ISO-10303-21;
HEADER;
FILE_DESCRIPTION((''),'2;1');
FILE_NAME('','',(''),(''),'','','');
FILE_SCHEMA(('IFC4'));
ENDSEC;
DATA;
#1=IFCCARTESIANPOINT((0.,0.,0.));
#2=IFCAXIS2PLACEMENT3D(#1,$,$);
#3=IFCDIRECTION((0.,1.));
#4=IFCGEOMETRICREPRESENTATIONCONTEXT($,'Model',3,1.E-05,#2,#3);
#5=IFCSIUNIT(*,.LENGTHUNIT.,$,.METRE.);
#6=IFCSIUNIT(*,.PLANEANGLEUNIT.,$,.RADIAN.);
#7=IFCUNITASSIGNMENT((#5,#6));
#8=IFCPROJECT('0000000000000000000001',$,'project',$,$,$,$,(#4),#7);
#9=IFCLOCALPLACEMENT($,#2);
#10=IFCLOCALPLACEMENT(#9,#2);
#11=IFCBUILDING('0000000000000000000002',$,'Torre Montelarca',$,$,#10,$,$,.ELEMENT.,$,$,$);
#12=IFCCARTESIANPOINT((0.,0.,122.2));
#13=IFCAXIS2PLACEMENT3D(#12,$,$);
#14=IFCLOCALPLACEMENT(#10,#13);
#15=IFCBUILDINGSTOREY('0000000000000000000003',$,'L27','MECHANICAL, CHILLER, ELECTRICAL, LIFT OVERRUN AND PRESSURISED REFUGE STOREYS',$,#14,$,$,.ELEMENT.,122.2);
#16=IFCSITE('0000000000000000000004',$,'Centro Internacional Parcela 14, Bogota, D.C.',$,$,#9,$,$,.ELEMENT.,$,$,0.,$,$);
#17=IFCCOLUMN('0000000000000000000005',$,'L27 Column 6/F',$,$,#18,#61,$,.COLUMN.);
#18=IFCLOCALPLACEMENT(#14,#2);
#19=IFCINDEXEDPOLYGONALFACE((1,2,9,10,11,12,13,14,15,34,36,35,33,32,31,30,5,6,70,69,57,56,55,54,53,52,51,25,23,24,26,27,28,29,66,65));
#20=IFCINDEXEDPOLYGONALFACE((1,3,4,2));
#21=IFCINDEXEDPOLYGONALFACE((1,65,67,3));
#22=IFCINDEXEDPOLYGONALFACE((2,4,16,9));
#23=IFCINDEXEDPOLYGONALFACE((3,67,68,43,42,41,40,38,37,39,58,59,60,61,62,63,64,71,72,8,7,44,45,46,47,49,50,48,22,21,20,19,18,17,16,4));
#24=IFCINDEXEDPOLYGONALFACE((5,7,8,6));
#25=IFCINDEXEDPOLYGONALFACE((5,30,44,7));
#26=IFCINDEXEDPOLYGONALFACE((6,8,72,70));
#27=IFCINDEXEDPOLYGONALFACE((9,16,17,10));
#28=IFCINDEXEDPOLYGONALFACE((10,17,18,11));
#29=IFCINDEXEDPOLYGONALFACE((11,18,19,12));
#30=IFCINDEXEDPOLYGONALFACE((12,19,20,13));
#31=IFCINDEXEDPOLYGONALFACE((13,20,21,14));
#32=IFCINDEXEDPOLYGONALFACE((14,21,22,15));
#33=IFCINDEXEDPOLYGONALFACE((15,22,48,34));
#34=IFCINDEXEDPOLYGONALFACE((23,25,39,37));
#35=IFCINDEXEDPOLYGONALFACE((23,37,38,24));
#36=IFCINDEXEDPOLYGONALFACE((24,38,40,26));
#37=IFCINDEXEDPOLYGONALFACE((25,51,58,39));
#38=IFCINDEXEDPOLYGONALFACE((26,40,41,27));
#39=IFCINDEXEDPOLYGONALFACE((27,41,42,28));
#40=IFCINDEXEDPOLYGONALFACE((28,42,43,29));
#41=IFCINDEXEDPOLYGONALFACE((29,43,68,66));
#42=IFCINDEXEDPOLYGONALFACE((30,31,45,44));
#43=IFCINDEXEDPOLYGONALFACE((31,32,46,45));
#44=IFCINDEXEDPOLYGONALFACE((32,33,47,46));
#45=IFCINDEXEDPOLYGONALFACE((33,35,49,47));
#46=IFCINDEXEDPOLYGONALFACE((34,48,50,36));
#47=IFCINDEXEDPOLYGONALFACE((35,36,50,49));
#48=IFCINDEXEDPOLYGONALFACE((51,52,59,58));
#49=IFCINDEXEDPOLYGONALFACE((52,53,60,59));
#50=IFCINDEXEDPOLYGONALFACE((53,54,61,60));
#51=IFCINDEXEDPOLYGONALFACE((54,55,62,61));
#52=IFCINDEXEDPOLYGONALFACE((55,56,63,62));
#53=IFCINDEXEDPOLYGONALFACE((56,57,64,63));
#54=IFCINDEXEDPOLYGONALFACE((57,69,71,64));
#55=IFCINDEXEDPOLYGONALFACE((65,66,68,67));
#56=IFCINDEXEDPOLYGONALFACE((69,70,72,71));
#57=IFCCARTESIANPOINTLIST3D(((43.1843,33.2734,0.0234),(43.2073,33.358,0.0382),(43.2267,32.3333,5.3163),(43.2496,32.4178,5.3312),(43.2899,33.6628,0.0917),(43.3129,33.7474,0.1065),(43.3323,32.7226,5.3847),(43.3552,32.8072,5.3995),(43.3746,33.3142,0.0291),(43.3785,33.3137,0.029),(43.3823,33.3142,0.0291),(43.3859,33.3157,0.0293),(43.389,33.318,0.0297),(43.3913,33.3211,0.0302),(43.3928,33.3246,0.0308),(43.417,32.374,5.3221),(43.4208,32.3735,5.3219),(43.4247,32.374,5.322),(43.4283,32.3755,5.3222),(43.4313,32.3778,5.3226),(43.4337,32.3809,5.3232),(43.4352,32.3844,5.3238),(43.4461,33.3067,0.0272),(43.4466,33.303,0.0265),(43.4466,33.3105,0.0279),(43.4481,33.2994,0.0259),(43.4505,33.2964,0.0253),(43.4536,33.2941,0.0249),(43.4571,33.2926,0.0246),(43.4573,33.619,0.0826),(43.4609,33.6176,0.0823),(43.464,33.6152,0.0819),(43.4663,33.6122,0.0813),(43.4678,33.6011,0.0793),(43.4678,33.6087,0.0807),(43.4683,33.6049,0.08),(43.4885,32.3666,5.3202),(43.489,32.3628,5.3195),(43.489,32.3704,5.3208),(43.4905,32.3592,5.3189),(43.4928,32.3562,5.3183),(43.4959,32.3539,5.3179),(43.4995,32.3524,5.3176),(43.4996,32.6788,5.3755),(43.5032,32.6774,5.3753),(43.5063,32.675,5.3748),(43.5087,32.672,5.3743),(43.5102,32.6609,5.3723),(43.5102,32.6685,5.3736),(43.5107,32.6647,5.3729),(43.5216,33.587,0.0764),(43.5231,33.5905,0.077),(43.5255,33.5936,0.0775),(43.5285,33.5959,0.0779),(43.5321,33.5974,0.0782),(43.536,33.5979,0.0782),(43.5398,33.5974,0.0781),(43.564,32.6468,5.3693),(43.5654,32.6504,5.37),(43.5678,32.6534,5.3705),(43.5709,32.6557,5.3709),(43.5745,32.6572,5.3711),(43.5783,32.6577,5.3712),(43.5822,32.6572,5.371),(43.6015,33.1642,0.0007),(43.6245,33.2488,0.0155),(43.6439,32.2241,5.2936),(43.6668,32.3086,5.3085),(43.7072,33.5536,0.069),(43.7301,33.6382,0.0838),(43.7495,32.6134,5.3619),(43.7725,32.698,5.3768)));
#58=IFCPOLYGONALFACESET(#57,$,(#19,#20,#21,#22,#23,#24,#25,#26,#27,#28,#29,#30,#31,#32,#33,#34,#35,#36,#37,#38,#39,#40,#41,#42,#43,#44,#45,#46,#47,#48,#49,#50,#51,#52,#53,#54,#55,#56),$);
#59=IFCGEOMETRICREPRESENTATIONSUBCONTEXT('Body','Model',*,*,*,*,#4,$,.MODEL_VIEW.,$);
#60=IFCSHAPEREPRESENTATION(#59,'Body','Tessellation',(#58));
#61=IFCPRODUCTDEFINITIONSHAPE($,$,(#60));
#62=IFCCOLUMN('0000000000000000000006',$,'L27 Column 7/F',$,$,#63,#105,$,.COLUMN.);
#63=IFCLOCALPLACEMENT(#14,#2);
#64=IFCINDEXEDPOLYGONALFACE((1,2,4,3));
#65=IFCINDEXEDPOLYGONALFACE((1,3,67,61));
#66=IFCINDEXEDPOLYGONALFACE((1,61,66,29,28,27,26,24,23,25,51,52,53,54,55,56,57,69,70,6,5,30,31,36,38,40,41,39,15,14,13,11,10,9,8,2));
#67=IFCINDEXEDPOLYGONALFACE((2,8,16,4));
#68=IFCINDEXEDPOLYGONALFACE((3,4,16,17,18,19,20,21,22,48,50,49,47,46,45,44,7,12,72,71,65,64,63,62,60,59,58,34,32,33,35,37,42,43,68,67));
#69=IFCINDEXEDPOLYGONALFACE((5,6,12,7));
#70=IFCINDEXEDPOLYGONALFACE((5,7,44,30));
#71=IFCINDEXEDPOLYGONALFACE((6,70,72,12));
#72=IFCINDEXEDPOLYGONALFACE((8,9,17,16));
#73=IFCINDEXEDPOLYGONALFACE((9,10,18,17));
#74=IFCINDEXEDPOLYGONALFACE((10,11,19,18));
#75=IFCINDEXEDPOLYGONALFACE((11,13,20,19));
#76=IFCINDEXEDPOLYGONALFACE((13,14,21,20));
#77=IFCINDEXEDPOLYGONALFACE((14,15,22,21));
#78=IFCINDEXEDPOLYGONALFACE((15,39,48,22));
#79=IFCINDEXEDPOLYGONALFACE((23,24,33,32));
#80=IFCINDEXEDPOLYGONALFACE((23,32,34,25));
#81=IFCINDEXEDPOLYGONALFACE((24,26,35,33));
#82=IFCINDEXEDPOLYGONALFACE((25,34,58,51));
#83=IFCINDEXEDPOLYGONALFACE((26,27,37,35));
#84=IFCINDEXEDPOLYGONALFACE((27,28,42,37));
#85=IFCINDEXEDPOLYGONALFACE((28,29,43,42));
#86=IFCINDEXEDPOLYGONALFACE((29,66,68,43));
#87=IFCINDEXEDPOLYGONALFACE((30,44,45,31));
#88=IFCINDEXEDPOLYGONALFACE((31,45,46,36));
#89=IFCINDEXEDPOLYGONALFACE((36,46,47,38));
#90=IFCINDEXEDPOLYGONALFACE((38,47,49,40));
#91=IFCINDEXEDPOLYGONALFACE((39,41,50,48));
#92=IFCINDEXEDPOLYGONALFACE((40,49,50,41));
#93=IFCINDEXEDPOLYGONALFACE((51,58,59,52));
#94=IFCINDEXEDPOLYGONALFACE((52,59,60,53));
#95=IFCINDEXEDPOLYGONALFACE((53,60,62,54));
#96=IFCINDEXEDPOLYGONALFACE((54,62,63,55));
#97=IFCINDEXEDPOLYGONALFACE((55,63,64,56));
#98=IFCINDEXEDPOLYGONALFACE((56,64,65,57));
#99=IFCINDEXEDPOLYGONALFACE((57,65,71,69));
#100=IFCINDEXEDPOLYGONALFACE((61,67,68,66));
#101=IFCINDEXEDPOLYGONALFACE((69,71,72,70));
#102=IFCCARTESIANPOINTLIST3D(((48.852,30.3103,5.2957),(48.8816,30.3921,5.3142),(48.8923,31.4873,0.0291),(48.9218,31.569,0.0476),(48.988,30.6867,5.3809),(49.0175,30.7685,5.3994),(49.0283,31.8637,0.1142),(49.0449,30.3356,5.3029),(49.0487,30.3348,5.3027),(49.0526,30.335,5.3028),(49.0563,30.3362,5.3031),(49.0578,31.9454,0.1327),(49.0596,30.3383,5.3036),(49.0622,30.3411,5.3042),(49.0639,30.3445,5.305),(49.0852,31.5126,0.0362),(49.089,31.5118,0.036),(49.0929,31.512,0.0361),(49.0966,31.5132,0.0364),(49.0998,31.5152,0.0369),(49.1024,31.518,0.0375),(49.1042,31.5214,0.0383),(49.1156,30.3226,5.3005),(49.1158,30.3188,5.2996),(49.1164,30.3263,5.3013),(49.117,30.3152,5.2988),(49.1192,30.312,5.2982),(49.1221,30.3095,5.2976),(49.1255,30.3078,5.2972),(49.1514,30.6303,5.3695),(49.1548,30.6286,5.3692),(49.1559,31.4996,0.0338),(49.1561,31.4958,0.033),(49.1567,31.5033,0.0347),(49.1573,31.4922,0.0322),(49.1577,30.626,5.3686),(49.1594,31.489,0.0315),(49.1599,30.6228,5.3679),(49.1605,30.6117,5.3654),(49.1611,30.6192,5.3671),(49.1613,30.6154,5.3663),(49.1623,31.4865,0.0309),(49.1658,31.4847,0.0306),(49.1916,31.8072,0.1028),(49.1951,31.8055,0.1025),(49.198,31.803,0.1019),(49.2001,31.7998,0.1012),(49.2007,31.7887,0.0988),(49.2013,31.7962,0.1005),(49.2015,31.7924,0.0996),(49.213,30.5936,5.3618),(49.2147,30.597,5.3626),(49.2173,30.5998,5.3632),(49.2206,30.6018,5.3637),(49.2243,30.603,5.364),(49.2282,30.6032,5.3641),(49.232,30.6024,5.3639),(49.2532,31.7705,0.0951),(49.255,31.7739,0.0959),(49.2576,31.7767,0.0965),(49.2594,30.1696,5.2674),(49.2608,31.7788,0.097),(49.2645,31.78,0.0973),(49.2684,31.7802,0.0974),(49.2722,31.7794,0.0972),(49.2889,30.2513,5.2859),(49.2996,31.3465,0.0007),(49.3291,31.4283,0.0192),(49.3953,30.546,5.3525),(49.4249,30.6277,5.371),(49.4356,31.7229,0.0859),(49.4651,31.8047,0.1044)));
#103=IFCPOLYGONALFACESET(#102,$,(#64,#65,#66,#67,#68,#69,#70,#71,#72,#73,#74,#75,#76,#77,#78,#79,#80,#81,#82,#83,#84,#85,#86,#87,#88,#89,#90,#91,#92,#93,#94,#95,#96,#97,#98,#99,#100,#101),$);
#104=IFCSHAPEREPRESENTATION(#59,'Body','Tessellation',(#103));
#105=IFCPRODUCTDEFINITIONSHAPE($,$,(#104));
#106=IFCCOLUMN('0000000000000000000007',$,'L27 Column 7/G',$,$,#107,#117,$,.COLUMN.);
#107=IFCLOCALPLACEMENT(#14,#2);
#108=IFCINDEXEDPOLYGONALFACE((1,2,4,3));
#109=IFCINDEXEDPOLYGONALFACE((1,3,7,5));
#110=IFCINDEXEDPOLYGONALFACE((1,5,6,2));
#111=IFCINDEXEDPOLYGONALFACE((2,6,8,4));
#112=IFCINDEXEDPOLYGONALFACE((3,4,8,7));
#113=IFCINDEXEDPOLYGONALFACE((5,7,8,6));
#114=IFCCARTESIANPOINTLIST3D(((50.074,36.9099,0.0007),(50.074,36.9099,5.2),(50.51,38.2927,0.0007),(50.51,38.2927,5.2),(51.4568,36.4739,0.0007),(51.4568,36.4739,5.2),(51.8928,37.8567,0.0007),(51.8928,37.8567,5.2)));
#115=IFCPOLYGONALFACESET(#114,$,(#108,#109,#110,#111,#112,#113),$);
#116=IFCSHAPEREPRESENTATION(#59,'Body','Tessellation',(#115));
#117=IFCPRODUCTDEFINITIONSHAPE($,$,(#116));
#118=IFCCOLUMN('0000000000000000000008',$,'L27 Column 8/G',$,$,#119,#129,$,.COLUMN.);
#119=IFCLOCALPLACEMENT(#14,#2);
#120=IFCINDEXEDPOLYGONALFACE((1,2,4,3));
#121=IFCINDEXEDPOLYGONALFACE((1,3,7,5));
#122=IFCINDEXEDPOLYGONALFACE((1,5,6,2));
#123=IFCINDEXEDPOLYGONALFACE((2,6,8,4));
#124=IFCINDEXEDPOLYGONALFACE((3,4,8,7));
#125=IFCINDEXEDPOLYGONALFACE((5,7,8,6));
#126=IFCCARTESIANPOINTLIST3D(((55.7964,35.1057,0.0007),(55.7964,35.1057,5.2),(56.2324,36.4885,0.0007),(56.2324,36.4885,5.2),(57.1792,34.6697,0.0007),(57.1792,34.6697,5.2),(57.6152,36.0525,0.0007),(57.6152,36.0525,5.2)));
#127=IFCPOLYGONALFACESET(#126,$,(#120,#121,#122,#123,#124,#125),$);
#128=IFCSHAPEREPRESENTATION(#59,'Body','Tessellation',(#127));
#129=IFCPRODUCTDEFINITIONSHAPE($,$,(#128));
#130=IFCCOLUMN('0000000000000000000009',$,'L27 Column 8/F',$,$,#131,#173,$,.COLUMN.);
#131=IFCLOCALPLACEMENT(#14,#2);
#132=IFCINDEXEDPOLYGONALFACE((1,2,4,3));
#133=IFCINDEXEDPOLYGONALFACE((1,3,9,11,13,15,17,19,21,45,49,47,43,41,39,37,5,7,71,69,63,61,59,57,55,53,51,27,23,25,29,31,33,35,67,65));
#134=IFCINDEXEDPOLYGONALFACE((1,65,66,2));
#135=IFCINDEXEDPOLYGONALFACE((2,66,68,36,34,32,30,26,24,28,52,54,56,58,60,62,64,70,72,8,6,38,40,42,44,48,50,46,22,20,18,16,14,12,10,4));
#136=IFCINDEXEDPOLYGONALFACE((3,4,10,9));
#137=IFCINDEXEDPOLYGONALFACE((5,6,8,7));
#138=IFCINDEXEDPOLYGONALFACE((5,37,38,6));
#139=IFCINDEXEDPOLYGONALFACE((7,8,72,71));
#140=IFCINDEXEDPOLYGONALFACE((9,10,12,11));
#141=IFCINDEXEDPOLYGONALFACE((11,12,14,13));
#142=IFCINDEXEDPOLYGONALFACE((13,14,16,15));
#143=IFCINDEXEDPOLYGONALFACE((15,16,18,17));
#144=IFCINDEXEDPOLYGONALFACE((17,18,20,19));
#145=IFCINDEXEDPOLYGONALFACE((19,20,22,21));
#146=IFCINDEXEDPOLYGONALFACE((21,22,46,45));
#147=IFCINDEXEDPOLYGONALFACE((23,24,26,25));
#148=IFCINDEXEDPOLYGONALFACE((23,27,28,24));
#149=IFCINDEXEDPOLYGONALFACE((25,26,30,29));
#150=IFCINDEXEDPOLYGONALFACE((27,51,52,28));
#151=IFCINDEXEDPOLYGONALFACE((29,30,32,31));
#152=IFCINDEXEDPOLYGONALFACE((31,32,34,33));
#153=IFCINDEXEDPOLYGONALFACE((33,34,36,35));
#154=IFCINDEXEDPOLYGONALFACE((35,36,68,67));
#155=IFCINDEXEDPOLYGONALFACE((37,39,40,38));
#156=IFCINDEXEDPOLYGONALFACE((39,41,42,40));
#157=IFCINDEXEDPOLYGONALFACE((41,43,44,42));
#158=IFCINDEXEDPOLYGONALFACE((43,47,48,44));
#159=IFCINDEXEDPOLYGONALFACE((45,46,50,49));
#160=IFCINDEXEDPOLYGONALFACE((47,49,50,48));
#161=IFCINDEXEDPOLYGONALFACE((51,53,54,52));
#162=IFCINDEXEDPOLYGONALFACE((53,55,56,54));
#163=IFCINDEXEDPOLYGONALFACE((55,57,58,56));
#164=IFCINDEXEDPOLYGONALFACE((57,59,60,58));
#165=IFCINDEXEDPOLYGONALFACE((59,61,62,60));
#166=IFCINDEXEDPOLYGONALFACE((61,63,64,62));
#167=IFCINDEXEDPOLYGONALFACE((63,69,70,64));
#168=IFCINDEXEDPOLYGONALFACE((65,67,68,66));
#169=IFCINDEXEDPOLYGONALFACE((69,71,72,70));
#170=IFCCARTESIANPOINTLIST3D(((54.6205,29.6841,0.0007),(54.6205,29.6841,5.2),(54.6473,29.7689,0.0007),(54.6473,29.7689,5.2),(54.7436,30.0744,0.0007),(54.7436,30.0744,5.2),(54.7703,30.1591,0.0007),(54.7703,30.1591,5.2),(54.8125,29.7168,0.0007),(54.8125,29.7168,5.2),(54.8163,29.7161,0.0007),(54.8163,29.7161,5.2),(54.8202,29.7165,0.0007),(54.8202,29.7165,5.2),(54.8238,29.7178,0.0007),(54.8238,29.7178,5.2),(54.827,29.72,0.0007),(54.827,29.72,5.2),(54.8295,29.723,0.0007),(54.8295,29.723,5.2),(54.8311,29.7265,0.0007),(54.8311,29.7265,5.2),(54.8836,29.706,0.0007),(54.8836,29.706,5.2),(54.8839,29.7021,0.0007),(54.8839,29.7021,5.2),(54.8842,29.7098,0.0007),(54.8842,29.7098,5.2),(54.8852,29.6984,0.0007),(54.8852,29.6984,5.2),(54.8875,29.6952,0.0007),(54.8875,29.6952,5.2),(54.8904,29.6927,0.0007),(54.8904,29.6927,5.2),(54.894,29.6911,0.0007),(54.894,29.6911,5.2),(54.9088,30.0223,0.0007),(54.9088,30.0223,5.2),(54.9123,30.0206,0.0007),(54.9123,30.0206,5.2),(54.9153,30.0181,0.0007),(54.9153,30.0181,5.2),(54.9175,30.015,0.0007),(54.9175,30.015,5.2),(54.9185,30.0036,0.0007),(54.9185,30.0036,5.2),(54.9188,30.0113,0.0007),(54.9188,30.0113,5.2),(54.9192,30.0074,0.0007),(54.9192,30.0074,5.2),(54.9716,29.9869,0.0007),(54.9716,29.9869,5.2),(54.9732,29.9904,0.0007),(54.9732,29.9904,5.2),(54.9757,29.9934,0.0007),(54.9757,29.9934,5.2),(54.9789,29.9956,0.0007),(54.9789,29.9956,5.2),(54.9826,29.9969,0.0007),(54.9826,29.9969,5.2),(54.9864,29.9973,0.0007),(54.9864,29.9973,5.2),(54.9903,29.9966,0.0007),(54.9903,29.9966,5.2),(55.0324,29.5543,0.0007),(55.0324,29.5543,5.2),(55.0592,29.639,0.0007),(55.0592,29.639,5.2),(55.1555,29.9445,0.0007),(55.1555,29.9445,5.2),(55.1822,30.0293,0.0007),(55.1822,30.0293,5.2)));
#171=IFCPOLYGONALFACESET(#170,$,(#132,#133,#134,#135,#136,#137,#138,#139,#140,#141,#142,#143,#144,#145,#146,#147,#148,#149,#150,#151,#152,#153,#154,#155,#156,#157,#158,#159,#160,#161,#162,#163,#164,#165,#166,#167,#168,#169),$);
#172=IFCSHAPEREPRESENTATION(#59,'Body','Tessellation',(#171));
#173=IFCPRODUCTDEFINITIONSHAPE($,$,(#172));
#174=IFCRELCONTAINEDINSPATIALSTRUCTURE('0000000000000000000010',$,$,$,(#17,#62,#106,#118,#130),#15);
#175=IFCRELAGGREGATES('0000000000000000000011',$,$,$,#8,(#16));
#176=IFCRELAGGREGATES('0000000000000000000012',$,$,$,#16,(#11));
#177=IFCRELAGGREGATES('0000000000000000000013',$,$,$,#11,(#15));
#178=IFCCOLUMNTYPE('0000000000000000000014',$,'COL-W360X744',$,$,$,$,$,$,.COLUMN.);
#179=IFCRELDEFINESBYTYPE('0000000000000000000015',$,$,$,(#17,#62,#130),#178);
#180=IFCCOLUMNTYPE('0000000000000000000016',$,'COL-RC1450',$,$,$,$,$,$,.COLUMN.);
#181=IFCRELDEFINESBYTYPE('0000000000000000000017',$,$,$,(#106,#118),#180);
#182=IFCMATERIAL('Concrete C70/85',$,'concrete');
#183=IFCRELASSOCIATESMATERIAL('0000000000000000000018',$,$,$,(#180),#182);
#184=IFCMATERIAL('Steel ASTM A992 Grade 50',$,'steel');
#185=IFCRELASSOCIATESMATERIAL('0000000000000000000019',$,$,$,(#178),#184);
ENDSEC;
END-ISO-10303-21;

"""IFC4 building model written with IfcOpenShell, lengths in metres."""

from ifc_helpers import new_model, si_unit, direction, frame, origin, origin_2d, place, context, subcontext, project, spatial, rectangle, i_section, extrude, clip, halfspace, source, transform, mapped, material, material_profile, profile_set, type_object, element, save


model = new_model("IFC4")

# Units and contexts
model_context = context("Model", 3, precision=1e-05, world=origin(), true_north=direction((0.0, 1.0)))
body_context = subcontext(model_context, "Body", "Model", "MODEL_VIEW")
ifc_project = project(units=[si_unit("LENGTHUNIT", "METRE"), si_unit("PLANEANGLEUNIT", "RADIAN")], contexts=[model_context])

# Site, building, storey
site_placement = place(None, origin())
site = spatial("IfcSite", under=ifc_project, at=site_placement, Name="Centro Internacional Parcela 14, Bogota, D.C.", CompositionType="ELEMENT", RefElevation=0.0)
building_placement = place(site_placement, origin())
building = spatial("IfcBuilding", under=site, at=building_placement, Name="Torre Montelarca", CompositionType="ELEMENT")
storey_placement = place(building_placement, frame((0.0, 0.0, 122.2)))
storey = spatial("IfcBuildingStorey", under=building, at=storey_placement, Name="L27", Description="MECHANICAL, CHILLER, ELECTRICAL, LIFT OVERRUN AND PRESSURISED REFUGE STOREYS", CompositionType="ELEMENT", Elevation=122.2)

# Columns
ifc_material_1 = material(Name="Concrete C70/85", Category="concrete")
ifc_material_profile_1 = material_profile(ifc_material_1, rectangle(XDim=1.45, YDim=1.45, at=origin_2d()), Name="RC1450X1450", Category="concrete")
ifc_profile_set_1 = profile_set([ifc_material_profile_1], Name="Concrete C70/85")
column_type_1 = type_object("IfcColumnType", Name="COL-RC1450", PredefinedType="COLUMN", material=ifc_profile_set_1)
ifc_material_2 = material(Name="Steel ASTM A992 Grade 50", Category="steel")
ifc_material_profile_2 = material_profile(ifc_material_2, i_section(OverallWidth=0.4319, OverallDepth=0.498, WebThickness=0.0557, FlangeThickness=0.0889, FilletRadius=0.0149, at=origin_2d()), Name="W360X744", Category="steel")
ifc_profile_set_2 = profile_set([ifc_material_profile_2], Name="Steel ASTM A992 Grade 50")
column_type_2 = type_object("IfcColumnType", Name="COL-W360X744", PredefinedType="COLUMN", material=ifc_profile_set_2)
column_1_placement = place(storey_placement, frame((43.4568, 33.4653, 0.0), z_axis=(0.007879, -0.174887, 0.984557), x_axis=(-0.966075, 0.252841, 0.052643)))
element("IfcColumn", 1, at=column_1_placement, inside=storey, type_object=column_type_2, Name="L27 Column 6/F", PredefinedType="COLUMN", context=body_context, shape_type="Clipping", body=[
    clip(clip(extrude(i_section(OverallWidth=0.4319, OverallDepth=0.498, WebThickness=0.0557, FlangeThickness=0.0889, FilletRadius=0.0149, at=origin_2d()), origin(), (0.0, 0.0, 1.0), 5.4849), halfspace(frame((0.0, 0.0, 0.0544), z_axis=(0.0, 0.0, -1.0), x_axis=(1.0, 0.0, 0.0)), False)), halfspace(frame((0.0, 0.0, 5.4304), z_axis=(0.0, 0.0, 1.0), x_axis=(1.0, 0.0, 0.0)), False)),
])
column_2_placement = place(storey_placement, frame((49.1792, 31.6609, 0.0), z_axis=(-0.007456, -0.218087, 0.975901), x_axis=(-0.943133, 0.325876, 0.065618)))
element("IfcColumn", 2, at=column_2_placement, inside=storey, type_object=column_type_2, Name="L27 Column 7/F", PredefinedType="COLUMN", context=body_context, shape_type="Clipping", body=[
    clip(clip(extrude(i_section(OverallWidth=0.4319, OverallDepth=0.498, WebThickness=0.0557, FlangeThickness=0.0889, FilletRadius=0.0149, at=origin_2d()), origin(), (0.0, 0.0, 1.0), 5.5334), halfspace(frame((0.0, 0.0, 0.0684), z_axis=(0.0, 0.0, -1.0), x_axis=(1.0, 0.0, 0.0)), False)), halfspace(frame((0.0, 0.0, 5.4651), z_axis=(0.0, 0.0, 1.0), x_axis=(1.0, 0.0, 0.0)), False)),
])
shared_shape_1 = source(origin(), body_context, "Body", "SweptSolid", [
    extrude(rectangle(XDim=1.45, YDim=1.45, at=origin_2d()), origin(), (0.0, 0.0, 1.0), 5.1992),
])
for number, where, z_axis, x_axis, name in (
    (3, (50.9834, 37.3833, 0.0007), (0.0, 0.0, 1.0), (-0.953717, 0.300706, 0.0), "L27 Column 7/G"),
    (4, (56.7058, 35.5791, 0.0007), (0.0, 0.0, 1.0), (-0.953717, 0.300706, 0.0), "L27 Column 8/G"),
):
    element("IfcColumn", number, at=place(storey_placement, frame(where, z_axis=z_axis, x_axis=x_axis)), inside=storey, type_object=column_type_1, Name=name, PredefinedType="COLUMN", context=body_context, shape_type="MappedRepresentation", body=[
        mapped(shared_shape_1, transform((0.0, 0.0, 0.0), scale=1.0)),
    ])
shared_shape_2 = source(origin(), body_context, "Body", "SweptSolid", [
    extrude(i_section(OverallWidth=0.4319, OverallDepth=0.498, WebThickness=0.0557, FlangeThickness=0.0889, FilletRadius=0.0149, at=origin_2d()), origin(), (0.0, 0.0, 1.0), 5.1992),
])
column_3_placement = place(storey_placement, frame((54.9014, 29.8567, 0.0007), z_axis=(0.0, 0.0, 1.0), x_axis=(-0.953717, 0.300706, 0.0)))
element("IfcColumn", 5, at=column_3_placement, inside=storey, type_object=column_type_2, Name="L27 Column 8/F", PredefinedType="COLUMN", context=body_context, shape_type="MappedRepresentation", body=[
    mapped(shared_shape_2, transform((0.0, 0.0, 0.0), scale=1.0)),
])

save(model, "model.ifc")
